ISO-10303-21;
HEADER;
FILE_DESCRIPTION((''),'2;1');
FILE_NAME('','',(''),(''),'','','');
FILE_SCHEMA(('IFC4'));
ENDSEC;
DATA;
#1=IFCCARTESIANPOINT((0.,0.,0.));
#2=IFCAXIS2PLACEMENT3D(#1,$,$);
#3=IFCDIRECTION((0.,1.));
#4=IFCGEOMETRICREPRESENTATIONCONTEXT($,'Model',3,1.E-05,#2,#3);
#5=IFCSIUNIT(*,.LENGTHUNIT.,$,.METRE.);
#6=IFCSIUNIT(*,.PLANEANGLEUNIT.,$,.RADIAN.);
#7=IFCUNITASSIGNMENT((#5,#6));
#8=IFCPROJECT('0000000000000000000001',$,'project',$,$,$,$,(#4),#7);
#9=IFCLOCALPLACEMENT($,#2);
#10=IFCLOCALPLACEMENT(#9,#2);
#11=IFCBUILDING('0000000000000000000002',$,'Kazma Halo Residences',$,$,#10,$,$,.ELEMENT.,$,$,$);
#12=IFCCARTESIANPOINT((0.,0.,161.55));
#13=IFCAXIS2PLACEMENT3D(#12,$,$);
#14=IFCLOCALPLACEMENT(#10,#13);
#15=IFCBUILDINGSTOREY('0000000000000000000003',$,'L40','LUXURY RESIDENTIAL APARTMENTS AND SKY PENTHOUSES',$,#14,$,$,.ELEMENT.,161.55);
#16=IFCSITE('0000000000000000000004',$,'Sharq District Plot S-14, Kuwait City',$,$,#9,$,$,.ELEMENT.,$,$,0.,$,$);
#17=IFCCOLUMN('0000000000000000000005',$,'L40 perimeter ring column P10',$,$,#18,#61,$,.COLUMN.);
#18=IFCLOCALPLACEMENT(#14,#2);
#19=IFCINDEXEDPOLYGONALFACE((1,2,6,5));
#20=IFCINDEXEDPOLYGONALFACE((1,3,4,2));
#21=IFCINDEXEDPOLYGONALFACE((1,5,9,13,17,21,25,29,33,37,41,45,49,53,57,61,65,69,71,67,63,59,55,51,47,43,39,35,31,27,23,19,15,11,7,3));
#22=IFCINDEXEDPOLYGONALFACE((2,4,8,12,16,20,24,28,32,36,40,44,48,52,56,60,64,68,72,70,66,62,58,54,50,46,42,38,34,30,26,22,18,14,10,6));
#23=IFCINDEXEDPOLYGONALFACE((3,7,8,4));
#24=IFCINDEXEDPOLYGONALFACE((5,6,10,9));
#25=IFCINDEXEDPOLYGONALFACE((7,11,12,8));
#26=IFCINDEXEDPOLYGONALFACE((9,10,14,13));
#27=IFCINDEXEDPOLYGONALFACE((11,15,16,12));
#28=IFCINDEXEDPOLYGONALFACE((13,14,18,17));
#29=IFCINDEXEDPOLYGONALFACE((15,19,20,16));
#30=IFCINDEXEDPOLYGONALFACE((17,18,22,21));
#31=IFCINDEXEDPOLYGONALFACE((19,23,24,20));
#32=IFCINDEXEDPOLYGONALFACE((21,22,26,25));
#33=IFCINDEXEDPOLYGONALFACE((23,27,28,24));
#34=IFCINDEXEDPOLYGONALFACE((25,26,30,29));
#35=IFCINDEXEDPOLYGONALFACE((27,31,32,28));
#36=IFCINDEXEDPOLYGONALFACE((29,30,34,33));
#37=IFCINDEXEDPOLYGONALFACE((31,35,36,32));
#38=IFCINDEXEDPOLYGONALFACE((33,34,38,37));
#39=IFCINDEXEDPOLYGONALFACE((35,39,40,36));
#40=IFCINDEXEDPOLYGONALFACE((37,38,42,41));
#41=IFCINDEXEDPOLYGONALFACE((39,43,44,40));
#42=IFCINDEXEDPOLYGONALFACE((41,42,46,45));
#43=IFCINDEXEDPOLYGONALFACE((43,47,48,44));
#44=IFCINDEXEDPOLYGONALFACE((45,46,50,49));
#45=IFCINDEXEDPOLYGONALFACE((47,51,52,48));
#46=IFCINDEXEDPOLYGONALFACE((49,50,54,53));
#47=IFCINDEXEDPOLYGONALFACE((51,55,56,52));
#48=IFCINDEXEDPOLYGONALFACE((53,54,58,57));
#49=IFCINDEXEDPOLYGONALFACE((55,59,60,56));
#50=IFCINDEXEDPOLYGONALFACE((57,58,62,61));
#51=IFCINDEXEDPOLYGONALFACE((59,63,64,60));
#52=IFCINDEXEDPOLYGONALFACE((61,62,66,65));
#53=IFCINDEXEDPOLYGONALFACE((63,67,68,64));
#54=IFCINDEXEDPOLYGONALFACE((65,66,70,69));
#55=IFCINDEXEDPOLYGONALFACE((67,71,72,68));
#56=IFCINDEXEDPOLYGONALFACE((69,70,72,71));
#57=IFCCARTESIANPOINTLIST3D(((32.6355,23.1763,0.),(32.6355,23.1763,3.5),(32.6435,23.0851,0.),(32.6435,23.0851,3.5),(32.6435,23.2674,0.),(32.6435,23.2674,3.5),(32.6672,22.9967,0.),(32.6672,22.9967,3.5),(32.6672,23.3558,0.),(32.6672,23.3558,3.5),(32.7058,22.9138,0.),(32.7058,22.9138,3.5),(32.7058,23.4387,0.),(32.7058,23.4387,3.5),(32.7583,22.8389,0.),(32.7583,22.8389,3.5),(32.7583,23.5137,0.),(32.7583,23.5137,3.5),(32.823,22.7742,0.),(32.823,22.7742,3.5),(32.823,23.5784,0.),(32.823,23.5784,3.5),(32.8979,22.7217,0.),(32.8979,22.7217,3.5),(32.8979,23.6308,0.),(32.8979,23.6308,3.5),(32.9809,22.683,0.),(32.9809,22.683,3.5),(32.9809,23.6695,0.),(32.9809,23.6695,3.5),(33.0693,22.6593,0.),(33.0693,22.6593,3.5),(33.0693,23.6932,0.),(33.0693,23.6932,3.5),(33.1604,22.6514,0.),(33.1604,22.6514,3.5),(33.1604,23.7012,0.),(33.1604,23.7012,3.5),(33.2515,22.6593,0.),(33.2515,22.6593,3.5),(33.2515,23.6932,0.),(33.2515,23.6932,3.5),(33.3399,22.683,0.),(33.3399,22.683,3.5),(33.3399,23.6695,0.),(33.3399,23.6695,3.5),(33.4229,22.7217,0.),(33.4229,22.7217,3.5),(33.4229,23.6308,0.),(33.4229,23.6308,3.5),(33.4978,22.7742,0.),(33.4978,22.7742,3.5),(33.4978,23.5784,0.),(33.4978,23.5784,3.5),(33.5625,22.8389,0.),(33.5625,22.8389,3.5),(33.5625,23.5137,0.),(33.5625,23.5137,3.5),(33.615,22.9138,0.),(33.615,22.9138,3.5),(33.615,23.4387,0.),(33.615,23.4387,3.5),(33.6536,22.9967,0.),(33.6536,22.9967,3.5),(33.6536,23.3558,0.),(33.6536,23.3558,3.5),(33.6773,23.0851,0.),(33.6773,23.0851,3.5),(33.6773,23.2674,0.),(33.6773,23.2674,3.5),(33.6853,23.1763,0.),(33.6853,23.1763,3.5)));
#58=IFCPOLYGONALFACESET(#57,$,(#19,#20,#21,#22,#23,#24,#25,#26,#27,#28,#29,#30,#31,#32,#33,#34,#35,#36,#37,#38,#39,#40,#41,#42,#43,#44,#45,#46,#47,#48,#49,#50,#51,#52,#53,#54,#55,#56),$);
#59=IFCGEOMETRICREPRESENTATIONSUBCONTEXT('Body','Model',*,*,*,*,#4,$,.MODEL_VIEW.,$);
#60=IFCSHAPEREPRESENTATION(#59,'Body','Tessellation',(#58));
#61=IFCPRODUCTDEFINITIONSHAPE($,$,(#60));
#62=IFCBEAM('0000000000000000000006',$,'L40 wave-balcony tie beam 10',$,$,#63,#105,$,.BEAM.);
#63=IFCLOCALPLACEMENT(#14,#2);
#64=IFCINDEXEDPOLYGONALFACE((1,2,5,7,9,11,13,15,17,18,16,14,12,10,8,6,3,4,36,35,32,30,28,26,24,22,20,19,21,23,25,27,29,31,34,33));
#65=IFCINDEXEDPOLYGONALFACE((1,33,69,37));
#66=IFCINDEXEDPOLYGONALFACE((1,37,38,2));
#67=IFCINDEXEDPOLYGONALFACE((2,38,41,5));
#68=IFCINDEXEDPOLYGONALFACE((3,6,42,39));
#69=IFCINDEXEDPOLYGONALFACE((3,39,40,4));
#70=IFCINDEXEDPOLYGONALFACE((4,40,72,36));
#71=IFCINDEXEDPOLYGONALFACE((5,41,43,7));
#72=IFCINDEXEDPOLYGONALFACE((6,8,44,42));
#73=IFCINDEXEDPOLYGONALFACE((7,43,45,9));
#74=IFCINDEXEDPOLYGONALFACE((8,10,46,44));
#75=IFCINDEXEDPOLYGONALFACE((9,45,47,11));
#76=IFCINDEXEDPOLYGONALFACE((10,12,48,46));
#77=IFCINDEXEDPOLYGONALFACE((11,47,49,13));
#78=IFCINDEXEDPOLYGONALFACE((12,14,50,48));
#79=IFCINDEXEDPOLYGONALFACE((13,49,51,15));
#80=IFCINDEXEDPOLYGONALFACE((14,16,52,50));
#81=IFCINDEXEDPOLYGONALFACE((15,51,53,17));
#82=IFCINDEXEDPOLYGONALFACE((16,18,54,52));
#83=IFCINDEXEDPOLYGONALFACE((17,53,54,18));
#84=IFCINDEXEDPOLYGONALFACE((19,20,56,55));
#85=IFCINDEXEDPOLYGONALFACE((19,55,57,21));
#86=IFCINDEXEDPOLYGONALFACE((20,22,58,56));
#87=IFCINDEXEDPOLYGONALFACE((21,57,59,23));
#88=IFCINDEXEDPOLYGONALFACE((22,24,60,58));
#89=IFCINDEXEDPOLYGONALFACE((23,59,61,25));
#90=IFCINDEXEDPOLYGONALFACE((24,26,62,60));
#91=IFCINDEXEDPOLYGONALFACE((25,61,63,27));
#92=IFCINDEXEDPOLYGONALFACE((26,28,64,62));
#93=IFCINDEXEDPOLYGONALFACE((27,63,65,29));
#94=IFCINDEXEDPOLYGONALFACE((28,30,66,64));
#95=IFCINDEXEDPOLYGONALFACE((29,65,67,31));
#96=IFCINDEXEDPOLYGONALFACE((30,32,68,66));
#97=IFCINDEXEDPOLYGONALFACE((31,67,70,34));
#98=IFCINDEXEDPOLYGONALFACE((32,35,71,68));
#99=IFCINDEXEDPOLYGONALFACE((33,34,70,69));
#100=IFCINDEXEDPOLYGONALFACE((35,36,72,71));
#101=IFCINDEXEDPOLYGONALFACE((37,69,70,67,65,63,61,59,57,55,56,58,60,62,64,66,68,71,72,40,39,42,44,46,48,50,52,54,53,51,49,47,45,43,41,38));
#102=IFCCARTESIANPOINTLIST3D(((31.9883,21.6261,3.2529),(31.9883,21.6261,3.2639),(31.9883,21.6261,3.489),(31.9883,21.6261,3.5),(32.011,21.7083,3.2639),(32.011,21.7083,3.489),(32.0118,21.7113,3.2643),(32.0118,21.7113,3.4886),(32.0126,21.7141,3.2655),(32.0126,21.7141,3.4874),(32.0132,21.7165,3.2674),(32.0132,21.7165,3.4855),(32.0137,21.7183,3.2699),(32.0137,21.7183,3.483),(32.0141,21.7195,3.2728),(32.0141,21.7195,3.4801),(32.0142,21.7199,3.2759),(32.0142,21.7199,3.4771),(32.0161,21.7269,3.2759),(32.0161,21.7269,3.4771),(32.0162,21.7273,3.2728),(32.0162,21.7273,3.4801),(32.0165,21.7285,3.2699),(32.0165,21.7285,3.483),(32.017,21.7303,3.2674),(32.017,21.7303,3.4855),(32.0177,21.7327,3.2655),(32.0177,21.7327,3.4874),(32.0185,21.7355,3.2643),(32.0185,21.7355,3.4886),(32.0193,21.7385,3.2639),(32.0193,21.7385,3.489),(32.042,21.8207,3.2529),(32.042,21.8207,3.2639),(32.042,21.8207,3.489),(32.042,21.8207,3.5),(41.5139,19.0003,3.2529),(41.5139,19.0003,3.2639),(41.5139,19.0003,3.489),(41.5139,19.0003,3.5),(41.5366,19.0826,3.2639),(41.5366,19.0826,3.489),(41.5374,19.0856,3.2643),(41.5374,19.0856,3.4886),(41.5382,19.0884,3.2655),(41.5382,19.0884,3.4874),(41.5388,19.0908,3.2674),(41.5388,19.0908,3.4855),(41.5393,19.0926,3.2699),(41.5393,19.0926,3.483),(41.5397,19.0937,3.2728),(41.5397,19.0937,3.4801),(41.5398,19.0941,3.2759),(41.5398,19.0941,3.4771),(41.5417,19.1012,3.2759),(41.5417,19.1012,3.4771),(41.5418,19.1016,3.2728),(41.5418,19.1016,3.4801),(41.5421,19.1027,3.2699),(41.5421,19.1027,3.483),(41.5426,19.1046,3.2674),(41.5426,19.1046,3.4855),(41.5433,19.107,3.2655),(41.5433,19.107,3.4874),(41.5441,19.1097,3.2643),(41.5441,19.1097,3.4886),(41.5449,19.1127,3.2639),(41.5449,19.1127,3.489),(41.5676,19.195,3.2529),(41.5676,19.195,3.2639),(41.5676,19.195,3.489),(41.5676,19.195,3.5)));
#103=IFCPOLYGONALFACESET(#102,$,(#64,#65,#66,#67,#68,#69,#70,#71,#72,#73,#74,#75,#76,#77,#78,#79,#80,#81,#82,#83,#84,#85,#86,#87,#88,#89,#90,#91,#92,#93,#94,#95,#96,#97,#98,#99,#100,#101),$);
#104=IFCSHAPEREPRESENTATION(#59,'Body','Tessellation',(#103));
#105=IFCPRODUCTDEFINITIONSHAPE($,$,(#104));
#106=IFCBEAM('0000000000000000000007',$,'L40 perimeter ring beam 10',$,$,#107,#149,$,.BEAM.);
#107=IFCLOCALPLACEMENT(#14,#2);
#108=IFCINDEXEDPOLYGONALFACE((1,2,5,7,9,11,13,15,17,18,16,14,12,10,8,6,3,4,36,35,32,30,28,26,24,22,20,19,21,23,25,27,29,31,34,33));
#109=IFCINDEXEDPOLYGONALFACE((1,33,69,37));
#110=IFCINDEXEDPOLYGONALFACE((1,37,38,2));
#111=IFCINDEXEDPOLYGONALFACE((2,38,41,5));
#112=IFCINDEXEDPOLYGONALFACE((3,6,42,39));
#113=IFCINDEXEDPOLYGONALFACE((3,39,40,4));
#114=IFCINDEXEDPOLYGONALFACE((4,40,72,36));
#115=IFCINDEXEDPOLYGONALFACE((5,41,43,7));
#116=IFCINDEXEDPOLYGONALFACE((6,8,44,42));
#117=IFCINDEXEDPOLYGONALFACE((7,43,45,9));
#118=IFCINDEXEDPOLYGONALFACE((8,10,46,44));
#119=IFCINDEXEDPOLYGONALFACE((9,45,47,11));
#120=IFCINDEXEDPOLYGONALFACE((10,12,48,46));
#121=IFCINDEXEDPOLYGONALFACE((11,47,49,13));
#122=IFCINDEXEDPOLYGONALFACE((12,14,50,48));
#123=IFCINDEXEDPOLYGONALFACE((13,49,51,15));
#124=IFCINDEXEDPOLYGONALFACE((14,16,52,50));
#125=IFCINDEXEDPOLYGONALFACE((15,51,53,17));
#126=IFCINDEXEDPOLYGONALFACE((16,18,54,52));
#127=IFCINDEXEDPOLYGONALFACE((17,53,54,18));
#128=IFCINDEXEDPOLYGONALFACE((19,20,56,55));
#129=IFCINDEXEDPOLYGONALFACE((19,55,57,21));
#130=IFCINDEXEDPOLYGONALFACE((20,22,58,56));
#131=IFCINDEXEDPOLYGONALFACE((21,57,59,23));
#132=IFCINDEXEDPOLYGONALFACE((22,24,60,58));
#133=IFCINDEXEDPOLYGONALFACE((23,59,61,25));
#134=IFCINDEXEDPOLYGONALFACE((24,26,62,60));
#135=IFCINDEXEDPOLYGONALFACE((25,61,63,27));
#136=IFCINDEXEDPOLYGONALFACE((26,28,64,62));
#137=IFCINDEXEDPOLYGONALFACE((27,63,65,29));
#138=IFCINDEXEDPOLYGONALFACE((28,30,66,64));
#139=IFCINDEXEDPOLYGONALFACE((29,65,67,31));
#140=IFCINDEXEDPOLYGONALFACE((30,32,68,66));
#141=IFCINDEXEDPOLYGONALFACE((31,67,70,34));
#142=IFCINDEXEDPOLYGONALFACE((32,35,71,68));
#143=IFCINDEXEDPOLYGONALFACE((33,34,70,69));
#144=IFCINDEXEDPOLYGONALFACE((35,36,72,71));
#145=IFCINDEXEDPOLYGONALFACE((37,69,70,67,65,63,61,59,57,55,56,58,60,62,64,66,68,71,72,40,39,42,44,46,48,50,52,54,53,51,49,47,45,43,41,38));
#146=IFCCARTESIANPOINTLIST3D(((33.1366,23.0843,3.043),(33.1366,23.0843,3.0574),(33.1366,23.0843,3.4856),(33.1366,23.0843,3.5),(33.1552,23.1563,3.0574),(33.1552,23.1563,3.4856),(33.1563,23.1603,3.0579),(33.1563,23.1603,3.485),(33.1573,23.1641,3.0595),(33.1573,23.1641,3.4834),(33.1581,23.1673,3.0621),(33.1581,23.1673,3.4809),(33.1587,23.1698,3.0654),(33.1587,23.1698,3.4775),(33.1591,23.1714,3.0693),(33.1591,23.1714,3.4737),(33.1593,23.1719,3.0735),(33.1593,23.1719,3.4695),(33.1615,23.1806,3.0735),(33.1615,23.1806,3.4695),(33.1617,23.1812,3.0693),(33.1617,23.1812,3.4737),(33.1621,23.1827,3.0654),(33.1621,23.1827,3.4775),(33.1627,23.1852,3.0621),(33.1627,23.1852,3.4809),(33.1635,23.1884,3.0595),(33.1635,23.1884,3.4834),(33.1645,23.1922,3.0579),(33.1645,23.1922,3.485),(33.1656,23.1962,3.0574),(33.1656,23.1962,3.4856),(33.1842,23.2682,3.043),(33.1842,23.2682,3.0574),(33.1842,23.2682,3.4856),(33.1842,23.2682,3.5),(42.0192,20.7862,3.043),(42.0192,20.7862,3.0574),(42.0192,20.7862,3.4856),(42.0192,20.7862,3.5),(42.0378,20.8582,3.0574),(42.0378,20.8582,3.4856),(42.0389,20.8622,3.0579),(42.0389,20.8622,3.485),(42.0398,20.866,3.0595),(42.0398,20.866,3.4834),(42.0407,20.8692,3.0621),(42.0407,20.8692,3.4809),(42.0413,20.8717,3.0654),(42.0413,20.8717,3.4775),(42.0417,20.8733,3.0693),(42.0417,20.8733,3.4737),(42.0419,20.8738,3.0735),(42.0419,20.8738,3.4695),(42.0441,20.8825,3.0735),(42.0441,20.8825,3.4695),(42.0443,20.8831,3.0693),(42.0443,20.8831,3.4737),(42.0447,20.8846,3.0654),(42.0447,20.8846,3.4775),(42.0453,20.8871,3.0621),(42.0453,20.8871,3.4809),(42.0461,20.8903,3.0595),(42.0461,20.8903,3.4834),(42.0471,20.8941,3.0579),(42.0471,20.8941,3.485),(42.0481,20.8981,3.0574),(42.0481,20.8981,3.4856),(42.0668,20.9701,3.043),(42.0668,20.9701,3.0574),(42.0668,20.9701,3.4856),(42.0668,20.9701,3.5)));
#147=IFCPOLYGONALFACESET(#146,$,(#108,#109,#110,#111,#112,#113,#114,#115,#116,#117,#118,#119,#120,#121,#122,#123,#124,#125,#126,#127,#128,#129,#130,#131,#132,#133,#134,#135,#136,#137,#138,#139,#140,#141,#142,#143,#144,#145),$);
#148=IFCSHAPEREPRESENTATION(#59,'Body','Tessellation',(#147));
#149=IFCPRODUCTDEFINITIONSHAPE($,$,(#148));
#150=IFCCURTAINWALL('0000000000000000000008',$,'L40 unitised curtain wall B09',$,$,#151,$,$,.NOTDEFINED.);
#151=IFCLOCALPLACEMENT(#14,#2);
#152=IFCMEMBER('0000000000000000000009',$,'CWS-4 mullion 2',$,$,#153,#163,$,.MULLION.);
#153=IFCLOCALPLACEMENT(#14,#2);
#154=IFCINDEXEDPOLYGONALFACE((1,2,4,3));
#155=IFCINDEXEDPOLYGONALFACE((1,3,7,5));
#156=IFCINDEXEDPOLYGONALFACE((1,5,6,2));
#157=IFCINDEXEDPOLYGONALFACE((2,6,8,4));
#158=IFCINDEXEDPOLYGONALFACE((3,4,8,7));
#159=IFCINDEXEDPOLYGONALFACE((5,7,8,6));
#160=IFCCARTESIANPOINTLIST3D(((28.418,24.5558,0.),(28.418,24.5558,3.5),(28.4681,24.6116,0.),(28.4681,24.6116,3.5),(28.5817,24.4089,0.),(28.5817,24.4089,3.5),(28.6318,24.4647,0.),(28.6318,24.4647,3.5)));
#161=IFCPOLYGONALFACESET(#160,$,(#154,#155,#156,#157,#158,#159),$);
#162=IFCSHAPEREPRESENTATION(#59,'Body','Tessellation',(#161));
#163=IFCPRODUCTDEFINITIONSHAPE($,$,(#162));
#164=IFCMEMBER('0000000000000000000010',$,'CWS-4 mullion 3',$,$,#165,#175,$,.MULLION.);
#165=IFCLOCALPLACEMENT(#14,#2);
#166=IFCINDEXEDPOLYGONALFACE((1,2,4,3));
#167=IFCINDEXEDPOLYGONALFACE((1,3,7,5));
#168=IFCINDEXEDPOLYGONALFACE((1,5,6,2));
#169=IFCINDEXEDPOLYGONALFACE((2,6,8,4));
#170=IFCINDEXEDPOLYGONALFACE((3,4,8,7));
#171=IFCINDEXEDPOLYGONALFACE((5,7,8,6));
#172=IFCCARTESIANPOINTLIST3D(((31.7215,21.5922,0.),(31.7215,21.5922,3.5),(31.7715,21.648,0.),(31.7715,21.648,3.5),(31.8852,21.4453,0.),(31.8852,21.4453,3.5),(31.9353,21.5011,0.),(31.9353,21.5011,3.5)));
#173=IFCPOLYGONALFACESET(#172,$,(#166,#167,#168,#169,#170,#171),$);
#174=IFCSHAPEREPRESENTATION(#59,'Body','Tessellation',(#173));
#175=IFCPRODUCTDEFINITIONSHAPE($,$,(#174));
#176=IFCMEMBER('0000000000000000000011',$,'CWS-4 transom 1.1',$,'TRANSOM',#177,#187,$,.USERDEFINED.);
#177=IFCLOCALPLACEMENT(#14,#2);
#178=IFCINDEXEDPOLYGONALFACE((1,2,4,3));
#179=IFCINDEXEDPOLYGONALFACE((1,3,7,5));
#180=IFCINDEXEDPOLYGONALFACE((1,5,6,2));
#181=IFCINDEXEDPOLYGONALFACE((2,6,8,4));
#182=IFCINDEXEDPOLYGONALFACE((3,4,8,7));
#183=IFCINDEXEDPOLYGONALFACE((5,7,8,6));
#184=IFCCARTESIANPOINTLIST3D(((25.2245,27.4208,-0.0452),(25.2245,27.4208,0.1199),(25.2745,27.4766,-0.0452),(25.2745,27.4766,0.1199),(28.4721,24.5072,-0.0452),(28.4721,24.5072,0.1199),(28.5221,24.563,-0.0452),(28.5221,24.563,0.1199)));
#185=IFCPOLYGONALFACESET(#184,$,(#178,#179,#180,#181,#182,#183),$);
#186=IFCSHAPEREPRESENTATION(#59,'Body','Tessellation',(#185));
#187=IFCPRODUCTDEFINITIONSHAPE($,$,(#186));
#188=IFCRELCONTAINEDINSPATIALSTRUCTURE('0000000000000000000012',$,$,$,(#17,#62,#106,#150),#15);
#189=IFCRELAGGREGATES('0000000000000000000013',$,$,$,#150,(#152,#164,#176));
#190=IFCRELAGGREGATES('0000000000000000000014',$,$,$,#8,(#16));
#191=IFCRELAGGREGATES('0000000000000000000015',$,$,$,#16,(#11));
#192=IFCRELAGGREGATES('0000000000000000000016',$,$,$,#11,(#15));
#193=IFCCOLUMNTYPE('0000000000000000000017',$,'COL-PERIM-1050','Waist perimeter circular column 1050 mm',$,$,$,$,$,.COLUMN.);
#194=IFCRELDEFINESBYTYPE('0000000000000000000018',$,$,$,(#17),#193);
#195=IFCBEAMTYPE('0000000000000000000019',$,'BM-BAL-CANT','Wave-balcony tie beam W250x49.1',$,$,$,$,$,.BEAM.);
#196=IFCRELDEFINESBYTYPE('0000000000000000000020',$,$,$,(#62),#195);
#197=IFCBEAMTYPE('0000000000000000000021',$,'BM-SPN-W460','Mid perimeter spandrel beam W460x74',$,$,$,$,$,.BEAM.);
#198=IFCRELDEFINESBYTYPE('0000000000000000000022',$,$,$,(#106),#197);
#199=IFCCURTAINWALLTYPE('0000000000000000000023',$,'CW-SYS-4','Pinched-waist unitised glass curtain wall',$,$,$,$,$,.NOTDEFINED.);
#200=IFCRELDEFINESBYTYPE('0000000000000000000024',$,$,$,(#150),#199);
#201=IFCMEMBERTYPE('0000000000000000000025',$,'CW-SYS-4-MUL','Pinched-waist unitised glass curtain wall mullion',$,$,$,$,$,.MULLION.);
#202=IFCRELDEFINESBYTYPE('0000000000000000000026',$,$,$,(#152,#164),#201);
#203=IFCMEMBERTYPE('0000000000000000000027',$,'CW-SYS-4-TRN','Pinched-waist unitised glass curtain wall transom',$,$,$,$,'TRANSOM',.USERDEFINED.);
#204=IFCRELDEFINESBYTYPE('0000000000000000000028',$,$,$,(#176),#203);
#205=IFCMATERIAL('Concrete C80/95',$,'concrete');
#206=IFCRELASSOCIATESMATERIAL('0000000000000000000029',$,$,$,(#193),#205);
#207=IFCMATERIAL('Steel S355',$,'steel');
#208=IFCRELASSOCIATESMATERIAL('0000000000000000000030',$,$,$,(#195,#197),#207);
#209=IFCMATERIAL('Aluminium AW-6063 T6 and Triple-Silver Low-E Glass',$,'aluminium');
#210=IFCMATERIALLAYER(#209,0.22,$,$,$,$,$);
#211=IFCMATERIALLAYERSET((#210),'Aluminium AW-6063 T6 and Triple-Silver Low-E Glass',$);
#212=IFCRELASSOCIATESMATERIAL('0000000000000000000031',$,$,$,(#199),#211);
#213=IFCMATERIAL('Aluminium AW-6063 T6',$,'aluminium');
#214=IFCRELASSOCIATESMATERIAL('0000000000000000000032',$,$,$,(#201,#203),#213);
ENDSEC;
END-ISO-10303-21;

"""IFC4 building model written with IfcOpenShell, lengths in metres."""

from ifc_helpers import new_model, si_unit, direction, frame, origin, origin_2d, place, context, subcontext, project, spatial, rectangle, circle, i_section, extrude, material, layer, layer_set, material_profile, profile_set, type_object, element, aggregate, save


model = new_model("IFC4")

# Units and contexts
model_context = context("Model", 3, precision=1e-05, world=origin(), true_north=direction((0.0, 1.0)))
body_context = subcontext(model_context, "Body", "Model", "MODEL_VIEW")
ifc_project = project(units=[si_unit("LENGTHUNIT", "METRE"), si_unit("PLANEANGLEUNIT", "RADIAN")], contexts=[model_context])

# Site, building, storey
site_placement = place(None, origin())
site = spatial("IfcSite", under=ifc_project, at=site_placement, Name="Sharq District Plot S-14, Kuwait City", CompositionType="ELEMENT", RefElevation=0.0)
building_placement = place(site_placement, origin())
building = spatial("IfcBuilding", under=site, at=building_placement, Name="Kazma Halo Residences", CompositionType="ELEMENT")
storey_placement = place(building_placement, frame((0.0, 0.0, 161.55)))
storey = spatial("IfcBuildingStorey", under=building, at=storey_placement, Name="L40", Description="LUXURY RESIDENTIAL APARTMENTS AND SKY PENTHOUSES", CompositionType="ELEMENT", Elevation=161.55)

# Column
ifc_material_1 = material(Name="Concrete C80/95", Category="concrete")
ifc_material_profile_1 = material_profile(ifc_material_1, circle(Radius=0.5249, at=origin_2d()), Name="CIRC1050")
ifc_profile_set_1 = profile_set([ifc_material_profile_1], Name="Concrete C80/95")
column_type = type_object("IfcColumnType", Name="COL-PERIM-1050", Description="Waist perimeter circular column 1050 mm", PredefinedType="COLUMN", material=ifc_profile_set_1)
column_placement = place(storey_placement, frame((33.1604, 23.1763, 0.0), z_axis=(0.0, 0.0, 1.0), x_axis=(1.0, 0.0, 0.0)))
element("IfcColumn", 1, at=column_placement, inside=storey, type_object=column_type, Name="L40 perimeter ring column P10", PredefinedType="COLUMN", context=body_context, shape_type="SweptSolid", body=[
    extrude(circle(Radius=0.5249, at=origin_2d()), origin(), (0.0, 0.0, 1.0), 3.5),
])

# Beams
ifc_material_2 = material(Name="Steel S355", Category="steel")
ifc_material_profile_2 = material_profile(ifc_material_2, i_section(OverallWidth=0.2019, OverallDepth=0.2471, WebThickness=0.0073, FlangeThickness=0.011, FilletRadius=0.012, at=origin_2d()), Name="W250x49.1")
ifc_profile_set_2 = profile_set([ifc_material_profile_2], Name="Steel S355")
beam_type_1 = type_object("IfcBeamType", Name="BM-BAL-CANT", Description="Wave-balcony tie beam W250x49.1", PredefinedType="BEAM", material=ifc_profile_set_2)
beam_1_placement = place(storey_placement, frame((32.0151, 21.7234, 3.3765), z_axis=(0.964045, -0.265738, 0.0), x_axis=(0.265738, 0.964045, 0.0)))
element("IfcBeam", 2, at=beam_1_placement, inside=storey, type_object=beam_type_1, Name="L40 wave-balcony tie beam 10", PredefinedType="BEAM", context=body_context, shape_type="SweptSolid", body=[
    extrude(i_section(OverallWidth=0.2019, OverallDepth=0.2471, WebThickness=0.0073, FlangeThickness=0.011, FilletRadius=0.012, at=origin_2d()), origin(), (0.0, 0.0, 1.0), 9.8809),
])
ifc_material_profile_3 = material_profile(ifc_material_2, i_section(OverallWidth=0.1899, OverallDepth=0.457, WebThickness=0.009, FlangeThickness=0.0144, FilletRadius=0.0161, at=origin_2d()), Name="W460x74")
ifc_profile_set_3 = profile_set([ifc_material_profile_3], Name="Steel S355")
beam_type_2 = type_object("IfcBeamType", Name="BM-SPN-W460", Description="Mid perimeter spandrel beam W460x74", PredefinedType="BEAM", material=ifc_profile_set_3)
beam_2_placement = place(storey_placement, frame((33.1604, 23.1763, 3.2715), z_axis=(0.968124, -0.250473, 0.0), x_axis=(0.250473, 0.968124, 0.0)))
element("IfcBeam", 3, at=beam_2_placement, inside=storey, type_object=beam_type_2, Name="L40 perimeter ring beam 10", PredefinedType="BEAM", context=body_context, shape_type="SweptSolid", body=[
    extrude(i_section(OverallWidth=0.1899, OverallDepth=0.457, WebThickness=0.009, FlangeThickness=0.0144, FilletRadius=0.0161, at=origin_2d()), origin(), (0.0, 0.0, 1.0), 9.175),
])

# Curtain wall, members
ifc_material_3 = material(Name="Aluminium AW-6063 T6 and Triple-Silver Low-E Glass", Category="aluminium")
ifc_layer_1 = layer(ifc_material_3, 0.22)
ifc_layer_set_1 = layer_set([ifc_layer_1], Name="Aluminium AW-6063 T6 and Triple-Silver Low-E Glass")
curtain_wall_type = type_object("IfcCurtainWallType", Name="CW-SYS-4", Description="Pinched-waist unitised glass curtain wall", PredefinedType="NOTDEFINED", material=ifc_layer_set_1)
curtain_wall_placement = place(storey_placement, origin())
curtain_wall = element("IfcCurtainWall", 4, at=curtain_wall_placement, inside=storey, type_object=curtain_wall_type, Name="L40 unitised curtain wall B09", PredefinedType="NOTDEFINED")
ifc_material_4 = material(Name="Aluminium AW-6063 T6", Category="aluminium")
ifc_material_profile_4 = material_profile(ifc_material_4, rectangle(XDim=0.075, YDim=0.22, at=origin_2d()), Name="CWM-75x220")
ifc_profile_set_4 = profile_set([ifc_material_profile_4], Name="Aluminium AW-6063 T6")
member_type_1 = type_object("IfcMemberType", Name="CW-SYS-4-MUL", Description="Pinched-waist unitised glass curtain wall mullion", PredefinedType="MULLION", material=ifc_profile_set_4)
member_1_placement = place(storey_placement, frame((28.5249, 24.5103, 0.0), z_axis=(0.0, 0.0, 1.0), x_axis=(0.66777, 0.744368, 0.0)))
member_1 = element("IfcMember", 5, at=member_1_placement, type_object=member_type_1, Name="CWS-4 mullion 2", PredefinedType="MULLION", context=body_context, shape_type="SweptSolid", body=[
    extrude(rectangle(XDim=0.075, YDim=0.22, at=origin_2d()), origin(), (0.0, 0.0, 1.0), 3.5),
])
member_2_placement = place(storey_placement, frame((31.8284, 21.5466, 0.0), z_axis=(0.0, 0.0, 1.0), x_axis=(0.66777, 0.744368, 0.0)))
member_2 = element("IfcMember", 6, at=member_2_placement, type_object=member_type_1, Name="CWS-4 mullion 3", PredefinedType="MULLION", context=body_context, shape_type="SweptSolid", body=[
    extrude(rectangle(XDim=0.075, YDim=0.22, at=origin_2d()), origin(), (0.0, 0.0, 1.0), 3.5),
])
ifc_material_profile_5 = material_profile(ifc_material_4, rectangle(XDim=0.075, YDim=0.165, at=origin_2d()), Name="CWT-75x165")
ifc_profile_set_5 = profile_set([ifc_material_profile_5], Name="Aluminium AW-6063 T6")
member_type_2 = type_object("IfcMemberType", Name="CW-SYS-4-TRN", Description="Pinched-waist unitised glass curtain wall transom", ElementType="TRANSOM", PredefinedType="USERDEFINED", material=ifc_profile_set_5)
member_3_placement = place(storey_placement, frame((25.2495, 27.4487, 0.0374), z_axis=(0.744345, -0.667795, 0.0), x_axis=(0.667795, 0.744345, 0.0)))
member_3 = element("IfcMember", 7, at=member_3_placement, type_object=member_type_2, Name="CWS-4 transom 1.1", ObjectType="TRANSOM", PredefinedType="USERDEFINED", context=body_context, shape_type="SweptSolid", body=[
    extrude(rectangle(XDim=0.075, YDim=0.165, at=origin_2d()), origin(), (0.0, 0.0, 1.0), 4.363),
])
aggregate(curtain_wall, [member_1, member_2, member_3])

save(model, "model.ifc")
